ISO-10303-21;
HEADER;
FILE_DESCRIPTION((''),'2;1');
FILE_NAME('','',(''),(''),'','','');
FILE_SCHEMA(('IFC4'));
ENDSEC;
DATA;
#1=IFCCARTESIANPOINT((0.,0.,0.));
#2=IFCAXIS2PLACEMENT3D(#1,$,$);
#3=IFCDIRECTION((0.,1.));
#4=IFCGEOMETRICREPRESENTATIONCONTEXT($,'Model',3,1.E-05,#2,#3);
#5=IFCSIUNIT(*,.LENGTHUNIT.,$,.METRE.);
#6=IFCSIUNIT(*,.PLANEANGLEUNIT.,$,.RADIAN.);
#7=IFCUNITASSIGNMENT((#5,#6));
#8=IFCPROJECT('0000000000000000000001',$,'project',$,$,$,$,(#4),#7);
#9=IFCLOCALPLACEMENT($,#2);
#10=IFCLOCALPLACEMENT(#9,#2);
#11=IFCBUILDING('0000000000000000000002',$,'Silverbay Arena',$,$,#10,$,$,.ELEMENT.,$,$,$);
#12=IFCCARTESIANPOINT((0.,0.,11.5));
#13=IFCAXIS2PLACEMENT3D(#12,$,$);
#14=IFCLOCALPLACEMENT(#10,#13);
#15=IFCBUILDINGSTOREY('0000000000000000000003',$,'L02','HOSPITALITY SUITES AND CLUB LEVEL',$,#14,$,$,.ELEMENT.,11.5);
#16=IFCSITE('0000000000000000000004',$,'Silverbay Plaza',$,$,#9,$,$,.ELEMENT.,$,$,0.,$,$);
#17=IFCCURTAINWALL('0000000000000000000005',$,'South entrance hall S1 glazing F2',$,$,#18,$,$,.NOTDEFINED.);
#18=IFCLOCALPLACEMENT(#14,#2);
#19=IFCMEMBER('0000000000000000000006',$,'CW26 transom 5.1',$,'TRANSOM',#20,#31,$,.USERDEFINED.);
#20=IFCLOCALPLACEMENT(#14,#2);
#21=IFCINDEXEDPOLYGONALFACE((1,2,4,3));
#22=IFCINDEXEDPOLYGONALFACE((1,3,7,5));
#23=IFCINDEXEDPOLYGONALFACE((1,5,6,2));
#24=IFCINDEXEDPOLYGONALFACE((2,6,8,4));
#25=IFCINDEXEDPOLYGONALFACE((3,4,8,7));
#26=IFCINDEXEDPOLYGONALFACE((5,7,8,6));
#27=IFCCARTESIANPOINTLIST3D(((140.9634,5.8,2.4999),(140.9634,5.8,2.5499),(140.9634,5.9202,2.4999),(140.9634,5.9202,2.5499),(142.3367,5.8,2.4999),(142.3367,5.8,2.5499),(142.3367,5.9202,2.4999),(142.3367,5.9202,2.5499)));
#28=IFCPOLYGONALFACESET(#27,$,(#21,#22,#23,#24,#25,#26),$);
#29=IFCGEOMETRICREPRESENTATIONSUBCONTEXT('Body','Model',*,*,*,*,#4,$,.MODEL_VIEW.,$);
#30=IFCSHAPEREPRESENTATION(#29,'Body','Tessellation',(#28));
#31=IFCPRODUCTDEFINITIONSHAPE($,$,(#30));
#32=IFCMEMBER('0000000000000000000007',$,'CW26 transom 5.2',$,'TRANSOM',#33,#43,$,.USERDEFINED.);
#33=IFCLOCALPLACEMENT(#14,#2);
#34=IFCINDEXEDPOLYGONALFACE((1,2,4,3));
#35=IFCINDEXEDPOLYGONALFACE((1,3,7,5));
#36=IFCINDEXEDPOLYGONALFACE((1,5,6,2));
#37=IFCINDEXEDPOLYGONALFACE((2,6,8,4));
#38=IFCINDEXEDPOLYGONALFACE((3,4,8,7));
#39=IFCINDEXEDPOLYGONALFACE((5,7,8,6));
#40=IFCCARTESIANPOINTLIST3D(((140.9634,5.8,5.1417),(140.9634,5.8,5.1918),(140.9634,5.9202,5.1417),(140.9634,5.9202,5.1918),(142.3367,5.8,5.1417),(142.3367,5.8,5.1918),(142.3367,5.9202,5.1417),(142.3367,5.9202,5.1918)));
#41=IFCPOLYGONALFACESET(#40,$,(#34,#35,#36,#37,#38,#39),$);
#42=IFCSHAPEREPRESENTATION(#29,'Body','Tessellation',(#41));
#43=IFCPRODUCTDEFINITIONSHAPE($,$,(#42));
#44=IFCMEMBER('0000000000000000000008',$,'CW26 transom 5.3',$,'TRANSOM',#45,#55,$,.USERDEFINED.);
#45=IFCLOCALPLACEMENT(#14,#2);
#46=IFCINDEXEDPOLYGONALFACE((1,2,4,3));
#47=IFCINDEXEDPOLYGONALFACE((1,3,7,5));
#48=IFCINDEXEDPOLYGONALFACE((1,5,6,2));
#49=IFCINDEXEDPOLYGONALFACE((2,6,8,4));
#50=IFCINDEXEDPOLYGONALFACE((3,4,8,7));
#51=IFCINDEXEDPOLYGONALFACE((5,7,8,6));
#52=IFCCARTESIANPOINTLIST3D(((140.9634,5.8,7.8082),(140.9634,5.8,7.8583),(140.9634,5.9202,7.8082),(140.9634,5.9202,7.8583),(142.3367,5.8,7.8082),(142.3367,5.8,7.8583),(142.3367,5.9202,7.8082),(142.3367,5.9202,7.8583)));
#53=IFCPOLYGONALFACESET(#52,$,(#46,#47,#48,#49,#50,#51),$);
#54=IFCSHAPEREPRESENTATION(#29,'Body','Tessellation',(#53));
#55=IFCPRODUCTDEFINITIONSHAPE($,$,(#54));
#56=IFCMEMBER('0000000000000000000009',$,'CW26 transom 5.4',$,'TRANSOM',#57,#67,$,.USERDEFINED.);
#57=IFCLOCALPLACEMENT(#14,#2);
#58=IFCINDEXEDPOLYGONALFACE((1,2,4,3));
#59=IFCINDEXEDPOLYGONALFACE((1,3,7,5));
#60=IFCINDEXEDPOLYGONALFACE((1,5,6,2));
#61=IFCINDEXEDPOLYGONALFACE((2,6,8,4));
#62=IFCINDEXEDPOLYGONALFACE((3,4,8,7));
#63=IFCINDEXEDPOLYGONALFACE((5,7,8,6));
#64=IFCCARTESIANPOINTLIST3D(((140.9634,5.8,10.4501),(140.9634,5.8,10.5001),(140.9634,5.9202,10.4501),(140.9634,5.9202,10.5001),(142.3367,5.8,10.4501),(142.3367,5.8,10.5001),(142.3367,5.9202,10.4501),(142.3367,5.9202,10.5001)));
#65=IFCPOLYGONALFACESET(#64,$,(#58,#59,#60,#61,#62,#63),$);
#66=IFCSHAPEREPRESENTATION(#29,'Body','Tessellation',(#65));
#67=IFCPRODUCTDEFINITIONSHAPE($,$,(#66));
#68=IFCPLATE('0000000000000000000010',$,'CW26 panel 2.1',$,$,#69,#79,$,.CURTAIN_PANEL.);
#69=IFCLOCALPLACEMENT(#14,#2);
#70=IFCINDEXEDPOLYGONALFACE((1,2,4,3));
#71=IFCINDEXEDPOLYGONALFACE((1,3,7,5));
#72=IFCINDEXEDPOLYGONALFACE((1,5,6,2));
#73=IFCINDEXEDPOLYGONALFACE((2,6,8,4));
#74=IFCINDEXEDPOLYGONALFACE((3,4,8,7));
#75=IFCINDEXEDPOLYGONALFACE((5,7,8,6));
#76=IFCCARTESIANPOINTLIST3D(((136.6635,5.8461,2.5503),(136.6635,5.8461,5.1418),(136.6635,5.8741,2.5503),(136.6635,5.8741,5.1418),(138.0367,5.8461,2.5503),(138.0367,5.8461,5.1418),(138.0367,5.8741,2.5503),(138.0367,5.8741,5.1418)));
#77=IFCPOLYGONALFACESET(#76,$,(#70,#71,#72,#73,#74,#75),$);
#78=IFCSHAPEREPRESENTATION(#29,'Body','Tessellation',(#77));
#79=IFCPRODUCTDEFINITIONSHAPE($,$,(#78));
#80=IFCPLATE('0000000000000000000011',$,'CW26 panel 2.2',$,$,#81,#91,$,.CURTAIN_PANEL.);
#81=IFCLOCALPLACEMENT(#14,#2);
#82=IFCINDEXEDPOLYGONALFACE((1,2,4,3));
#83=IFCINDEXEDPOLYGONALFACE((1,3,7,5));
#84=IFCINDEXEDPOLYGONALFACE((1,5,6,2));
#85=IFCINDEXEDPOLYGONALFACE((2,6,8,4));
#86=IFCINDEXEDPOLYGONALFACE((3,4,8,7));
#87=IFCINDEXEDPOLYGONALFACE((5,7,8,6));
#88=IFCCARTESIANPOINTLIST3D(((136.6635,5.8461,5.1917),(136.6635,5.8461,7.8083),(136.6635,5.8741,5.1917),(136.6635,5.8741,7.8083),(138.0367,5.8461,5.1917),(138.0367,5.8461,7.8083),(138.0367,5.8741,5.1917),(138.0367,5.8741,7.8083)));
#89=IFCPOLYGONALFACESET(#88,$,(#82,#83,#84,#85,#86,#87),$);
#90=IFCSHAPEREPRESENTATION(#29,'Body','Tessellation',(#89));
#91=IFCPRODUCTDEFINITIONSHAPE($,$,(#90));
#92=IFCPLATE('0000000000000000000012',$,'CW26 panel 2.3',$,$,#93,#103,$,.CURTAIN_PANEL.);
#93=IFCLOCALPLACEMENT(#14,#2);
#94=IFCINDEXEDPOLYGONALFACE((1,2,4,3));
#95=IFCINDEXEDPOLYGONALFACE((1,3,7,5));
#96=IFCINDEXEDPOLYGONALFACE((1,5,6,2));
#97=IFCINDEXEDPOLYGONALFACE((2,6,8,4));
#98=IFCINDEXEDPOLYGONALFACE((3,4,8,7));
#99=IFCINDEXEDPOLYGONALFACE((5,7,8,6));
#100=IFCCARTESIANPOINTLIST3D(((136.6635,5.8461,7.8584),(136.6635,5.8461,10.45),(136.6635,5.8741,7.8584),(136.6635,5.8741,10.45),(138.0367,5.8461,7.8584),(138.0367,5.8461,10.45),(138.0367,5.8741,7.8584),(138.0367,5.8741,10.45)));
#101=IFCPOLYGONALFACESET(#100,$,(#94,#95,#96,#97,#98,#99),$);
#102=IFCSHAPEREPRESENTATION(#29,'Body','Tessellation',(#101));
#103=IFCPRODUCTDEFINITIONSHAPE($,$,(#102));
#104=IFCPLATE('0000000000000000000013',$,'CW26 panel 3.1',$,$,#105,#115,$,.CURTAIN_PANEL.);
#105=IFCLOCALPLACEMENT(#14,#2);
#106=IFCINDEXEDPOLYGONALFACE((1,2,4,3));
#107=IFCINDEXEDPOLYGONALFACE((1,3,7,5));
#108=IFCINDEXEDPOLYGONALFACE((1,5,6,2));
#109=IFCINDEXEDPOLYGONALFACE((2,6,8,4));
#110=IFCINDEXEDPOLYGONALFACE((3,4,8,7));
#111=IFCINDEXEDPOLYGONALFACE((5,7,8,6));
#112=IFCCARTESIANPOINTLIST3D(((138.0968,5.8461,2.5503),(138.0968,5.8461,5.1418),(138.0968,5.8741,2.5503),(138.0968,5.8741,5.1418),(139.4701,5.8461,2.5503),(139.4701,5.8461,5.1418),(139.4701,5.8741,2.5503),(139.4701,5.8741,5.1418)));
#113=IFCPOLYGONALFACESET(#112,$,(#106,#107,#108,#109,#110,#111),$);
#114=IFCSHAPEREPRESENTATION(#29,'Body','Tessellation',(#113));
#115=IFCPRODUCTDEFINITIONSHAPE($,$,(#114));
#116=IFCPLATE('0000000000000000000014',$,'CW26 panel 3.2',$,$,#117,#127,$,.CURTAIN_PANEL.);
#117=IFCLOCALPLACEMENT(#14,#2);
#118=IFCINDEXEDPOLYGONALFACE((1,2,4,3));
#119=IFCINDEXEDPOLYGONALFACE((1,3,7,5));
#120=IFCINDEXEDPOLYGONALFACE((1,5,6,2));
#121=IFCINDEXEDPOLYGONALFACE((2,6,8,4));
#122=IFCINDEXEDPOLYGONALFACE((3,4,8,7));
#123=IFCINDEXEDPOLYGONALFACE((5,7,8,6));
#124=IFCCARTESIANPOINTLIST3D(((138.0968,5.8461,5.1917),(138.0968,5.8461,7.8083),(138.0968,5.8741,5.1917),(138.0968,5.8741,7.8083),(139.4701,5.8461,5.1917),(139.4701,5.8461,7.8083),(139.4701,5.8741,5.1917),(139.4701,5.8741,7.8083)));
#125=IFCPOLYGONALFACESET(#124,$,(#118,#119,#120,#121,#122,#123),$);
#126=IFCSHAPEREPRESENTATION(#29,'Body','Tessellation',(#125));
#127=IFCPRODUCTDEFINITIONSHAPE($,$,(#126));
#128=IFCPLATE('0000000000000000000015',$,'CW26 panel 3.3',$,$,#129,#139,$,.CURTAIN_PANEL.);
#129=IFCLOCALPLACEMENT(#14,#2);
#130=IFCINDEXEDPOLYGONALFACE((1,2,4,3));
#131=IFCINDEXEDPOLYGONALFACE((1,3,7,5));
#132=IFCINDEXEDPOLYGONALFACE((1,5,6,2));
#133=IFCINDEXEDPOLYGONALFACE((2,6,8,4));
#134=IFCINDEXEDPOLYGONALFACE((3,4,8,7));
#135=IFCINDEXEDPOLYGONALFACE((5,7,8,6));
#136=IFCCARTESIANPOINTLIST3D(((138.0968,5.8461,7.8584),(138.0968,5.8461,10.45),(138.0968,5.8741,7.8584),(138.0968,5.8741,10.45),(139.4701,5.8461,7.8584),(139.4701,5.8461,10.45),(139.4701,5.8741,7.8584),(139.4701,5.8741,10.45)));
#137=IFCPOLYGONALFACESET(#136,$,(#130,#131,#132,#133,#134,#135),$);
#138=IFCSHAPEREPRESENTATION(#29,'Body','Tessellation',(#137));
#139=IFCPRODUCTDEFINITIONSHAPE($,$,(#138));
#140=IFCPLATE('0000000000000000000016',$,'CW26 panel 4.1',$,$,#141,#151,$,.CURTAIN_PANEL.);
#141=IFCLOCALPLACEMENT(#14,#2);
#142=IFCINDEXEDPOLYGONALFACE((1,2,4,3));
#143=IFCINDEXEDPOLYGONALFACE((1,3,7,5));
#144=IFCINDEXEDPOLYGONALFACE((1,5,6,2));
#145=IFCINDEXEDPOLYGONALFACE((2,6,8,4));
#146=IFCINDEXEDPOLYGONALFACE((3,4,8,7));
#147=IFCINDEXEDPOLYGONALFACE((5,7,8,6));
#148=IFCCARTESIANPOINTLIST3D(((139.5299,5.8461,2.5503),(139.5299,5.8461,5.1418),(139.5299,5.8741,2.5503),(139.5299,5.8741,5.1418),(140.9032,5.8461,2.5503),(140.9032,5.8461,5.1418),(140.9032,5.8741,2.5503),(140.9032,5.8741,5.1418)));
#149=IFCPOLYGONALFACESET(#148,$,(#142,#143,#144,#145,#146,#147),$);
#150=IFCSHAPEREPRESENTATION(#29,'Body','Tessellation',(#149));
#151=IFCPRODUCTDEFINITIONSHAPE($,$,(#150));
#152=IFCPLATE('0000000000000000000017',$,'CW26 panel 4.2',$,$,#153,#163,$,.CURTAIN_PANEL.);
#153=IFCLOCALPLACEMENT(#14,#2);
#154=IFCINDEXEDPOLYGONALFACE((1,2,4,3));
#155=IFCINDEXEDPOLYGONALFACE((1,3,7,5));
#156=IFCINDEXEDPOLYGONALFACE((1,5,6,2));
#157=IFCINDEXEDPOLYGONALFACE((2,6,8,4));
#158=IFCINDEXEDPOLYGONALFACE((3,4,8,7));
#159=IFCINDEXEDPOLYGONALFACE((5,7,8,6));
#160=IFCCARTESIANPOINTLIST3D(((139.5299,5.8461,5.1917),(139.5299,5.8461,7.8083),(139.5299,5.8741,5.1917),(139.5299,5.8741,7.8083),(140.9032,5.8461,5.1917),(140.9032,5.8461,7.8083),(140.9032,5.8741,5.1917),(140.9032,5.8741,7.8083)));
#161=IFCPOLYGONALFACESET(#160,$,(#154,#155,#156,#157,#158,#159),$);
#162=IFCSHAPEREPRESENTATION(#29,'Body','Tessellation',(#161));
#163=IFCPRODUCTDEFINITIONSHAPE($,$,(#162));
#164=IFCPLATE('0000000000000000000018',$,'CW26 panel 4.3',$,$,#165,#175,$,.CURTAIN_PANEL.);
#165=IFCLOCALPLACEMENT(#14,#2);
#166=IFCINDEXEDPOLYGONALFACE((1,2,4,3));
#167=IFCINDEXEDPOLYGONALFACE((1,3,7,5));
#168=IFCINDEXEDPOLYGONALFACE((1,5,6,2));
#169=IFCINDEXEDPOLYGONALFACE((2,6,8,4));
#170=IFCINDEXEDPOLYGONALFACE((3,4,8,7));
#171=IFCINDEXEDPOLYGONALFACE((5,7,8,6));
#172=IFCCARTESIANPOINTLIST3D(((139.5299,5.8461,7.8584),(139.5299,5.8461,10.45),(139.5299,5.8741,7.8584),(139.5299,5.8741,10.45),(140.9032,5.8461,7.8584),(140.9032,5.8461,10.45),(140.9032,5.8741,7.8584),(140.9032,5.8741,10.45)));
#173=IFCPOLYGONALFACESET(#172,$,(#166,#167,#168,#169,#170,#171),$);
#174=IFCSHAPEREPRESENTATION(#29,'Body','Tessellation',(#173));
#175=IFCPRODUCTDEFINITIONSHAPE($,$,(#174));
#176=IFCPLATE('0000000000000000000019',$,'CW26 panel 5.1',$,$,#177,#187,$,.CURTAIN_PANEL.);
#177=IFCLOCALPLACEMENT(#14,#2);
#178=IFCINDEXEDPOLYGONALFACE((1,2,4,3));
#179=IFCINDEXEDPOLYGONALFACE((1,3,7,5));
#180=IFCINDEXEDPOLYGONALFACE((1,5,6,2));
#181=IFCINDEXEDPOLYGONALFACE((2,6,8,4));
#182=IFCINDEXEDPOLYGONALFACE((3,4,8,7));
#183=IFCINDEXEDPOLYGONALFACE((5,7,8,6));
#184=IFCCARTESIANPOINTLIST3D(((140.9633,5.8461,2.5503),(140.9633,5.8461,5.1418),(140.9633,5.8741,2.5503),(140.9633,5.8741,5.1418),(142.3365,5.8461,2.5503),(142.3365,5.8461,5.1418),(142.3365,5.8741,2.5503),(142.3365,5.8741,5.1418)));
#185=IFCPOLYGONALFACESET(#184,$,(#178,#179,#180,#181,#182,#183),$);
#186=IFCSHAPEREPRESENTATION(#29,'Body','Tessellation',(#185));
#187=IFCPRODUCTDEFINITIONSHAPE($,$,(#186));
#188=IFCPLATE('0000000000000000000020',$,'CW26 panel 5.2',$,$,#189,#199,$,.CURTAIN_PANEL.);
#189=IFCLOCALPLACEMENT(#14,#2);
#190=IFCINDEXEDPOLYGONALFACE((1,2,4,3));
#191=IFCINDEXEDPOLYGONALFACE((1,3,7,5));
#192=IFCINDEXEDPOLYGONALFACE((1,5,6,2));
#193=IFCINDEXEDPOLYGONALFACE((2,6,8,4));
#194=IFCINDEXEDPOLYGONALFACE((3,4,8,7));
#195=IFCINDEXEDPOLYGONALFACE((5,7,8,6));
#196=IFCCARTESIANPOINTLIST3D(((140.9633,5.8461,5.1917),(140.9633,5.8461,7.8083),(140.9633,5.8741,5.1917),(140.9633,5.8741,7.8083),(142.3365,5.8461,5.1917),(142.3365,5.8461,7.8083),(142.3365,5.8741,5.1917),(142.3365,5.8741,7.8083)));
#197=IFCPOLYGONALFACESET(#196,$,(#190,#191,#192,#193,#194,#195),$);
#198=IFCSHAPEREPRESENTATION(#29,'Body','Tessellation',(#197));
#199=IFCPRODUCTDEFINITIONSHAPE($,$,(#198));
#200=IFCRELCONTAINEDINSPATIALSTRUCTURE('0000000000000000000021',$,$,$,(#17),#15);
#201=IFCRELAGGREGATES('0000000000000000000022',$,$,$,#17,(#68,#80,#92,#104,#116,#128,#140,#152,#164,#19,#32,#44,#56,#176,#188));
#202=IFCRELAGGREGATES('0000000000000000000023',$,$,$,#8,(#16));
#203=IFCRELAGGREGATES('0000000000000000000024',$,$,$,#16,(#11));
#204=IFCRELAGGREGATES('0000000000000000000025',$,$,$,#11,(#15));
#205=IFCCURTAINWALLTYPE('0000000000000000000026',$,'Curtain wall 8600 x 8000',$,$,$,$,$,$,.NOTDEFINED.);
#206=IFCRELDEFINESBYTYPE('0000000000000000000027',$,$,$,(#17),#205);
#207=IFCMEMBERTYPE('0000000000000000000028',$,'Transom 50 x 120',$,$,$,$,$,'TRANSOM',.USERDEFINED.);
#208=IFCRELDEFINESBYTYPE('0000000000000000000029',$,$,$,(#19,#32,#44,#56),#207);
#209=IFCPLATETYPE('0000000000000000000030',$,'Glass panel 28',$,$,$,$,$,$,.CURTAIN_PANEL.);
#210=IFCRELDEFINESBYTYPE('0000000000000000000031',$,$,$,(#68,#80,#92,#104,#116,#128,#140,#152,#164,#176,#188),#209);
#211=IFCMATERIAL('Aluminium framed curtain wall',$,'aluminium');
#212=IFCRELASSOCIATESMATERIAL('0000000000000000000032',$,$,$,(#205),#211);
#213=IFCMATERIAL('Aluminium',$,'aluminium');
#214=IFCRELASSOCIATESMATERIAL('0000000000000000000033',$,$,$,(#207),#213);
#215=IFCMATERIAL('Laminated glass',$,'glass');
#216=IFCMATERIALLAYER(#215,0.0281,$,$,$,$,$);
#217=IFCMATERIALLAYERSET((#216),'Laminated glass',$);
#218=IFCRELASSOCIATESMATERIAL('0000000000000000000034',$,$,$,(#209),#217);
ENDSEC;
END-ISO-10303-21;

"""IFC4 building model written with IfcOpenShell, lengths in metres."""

from ifc_helpers import new_model, si_unit, direction, frame, origin, origin_2d, place, context, subcontext, project, spatial, rectangle, extrude, material, layer, layer_set, material_profile, profile_set, type_object, element, aggregate, save


model = new_model("IFC4")

# Units and contexts
model_context = context("Model", 3, precision=1e-05, world=origin(), true_north=direction((0.0, 1.0)))
body_context = subcontext(model_context, "Body", "Model", "MODEL_VIEW")
ifc_project = project(units=[si_unit("LENGTHUNIT", "METRE"), si_unit("PLANEANGLEUNIT", "RADIAN")], contexts=[model_context])

# Site, building, storey
site_placement = place(None, origin())
site = spatial("IfcSite", under=ifc_project, at=site_placement, Name="Silverbay Plaza", CompositionType="ELEMENT", RefElevation=0.0)
building_placement = place(site_placement, origin())
building = spatial("IfcBuilding", under=site, at=building_placement, Name="Silverbay Arena", CompositionType="ELEMENT")
storey_placement = place(building_placement, frame((0.0, 0.0, 11.5)))
storey = spatial("IfcBuildingStorey", under=building, at=storey_placement, Name="L02", Description="HOSPITALITY SUITES AND CLUB LEVEL", CompositionType="ELEMENT", Elevation=11.5)

# Curtain wall, members, plates
ifc_material_1 = material(Name="Aluminium framed curtain wall", Category="aluminium")
curtain_wall_type = type_object("IfcCurtainWallType", Name="Curtain wall 8600 x 8000", PredefinedType="NOTDEFINED", material=ifc_material_1)
curtain_wall_placement = place(storey_placement, origin())
curtain_wall = element("IfcCurtainWall", 1, at=curtain_wall_placement, inside=storey, type_object=curtain_wall_type, Name="South entrance hall S1 glazing F2", PredefinedType="NOTDEFINED")
ifc_material_2 = material(Name="Aluminium", Category="aluminium")
ifc_material_profile_1 = material_profile(ifc_material_2, rectangle(XDim=0.1201, YDim=0.05, at=origin_2d()), Name="Transom 50 x 120")
ifc_profile_set_1 = profile_set([ifc_material_profile_1], Name="Aluminium")
member_type_1 = type_object("IfcMemberType", Name="Transom 50 x 120", ElementType="TRANSOM", PredefinedType="USERDEFINED", material=ifc_profile_set_1)
member_1_placement = place(storey_placement, frame((140.9634, 5.8601, 2.5249), z_axis=(1.0, 0.0, 0.0), x_axis=(0.0, 1.0, 0.0)))
member_1 = element("IfcMember", 2, at=member_1_placement, type_object=member_type_1, Name="CW26 transom 5.1", ObjectType="TRANSOM", PredefinedType="USERDEFINED", context=body_context, shape_type="SweptSolid", body=[
    extrude(rectangle(XDim=0.1201, YDim=0.05, at=origin_2d()), origin(), (0.0, 0.0, 1.0), 1.3733),
])
member_2_placement = place(storey_placement, frame((140.9634, 5.8601, 5.1667), z_axis=(1.0, 0.0, 0.0), x_axis=(0.0, 1.0, 0.0)))
member_2 = element("IfcMember", 3, at=member_2_placement, type_object=member_type_1, Name="CW26 transom 5.2", ObjectType="TRANSOM", PredefinedType="USERDEFINED", context=body_context, shape_type="SweptSolid", body=[
    extrude(rectangle(XDim=0.1201, YDim=0.05, at=origin_2d()), origin(), (0.0, 0.0, 1.0), 1.3733),
])
member_3_placement = place(storey_placement, frame((140.9634, 5.8601, 7.8333), z_axis=(1.0, 0.0, 0.0), x_axis=(0.0, 1.0, 0.0)))
member_3 = element("IfcMember", 4, at=member_3_placement, type_object=member_type_1, Name="CW26 transom 5.3", ObjectType="TRANSOM", PredefinedType="USERDEFINED", context=body_context, shape_type="SweptSolid", body=[
    extrude(rectangle(XDim=0.1201, YDim=0.05, at=origin_2d()), origin(), (0.0, 0.0, 1.0), 1.3733),
])
member_4_placement = place(storey_placement, frame((140.9634, 5.8601, 10.4751), z_axis=(1.0, 0.0, 0.0), x_axis=(0.0, 1.0, 0.0)))
member_4 = element("IfcMember", 5, at=member_4_placement, type_object=member_type_1, Name="CW26 transom 5.4", ObjectType="TRANSOM", PredefinedType="USERDEFINED", context=body_context, shape_type="SweptSolid", body=[
    extrude(rectangle(XDim=0.1201, YDim=0.05, at=origin_2d()), origin(), (0.0, 0.0, 1.0), 1.3733),
])
ifc_material_3 = material(Name="Laminated glass", Category="glass")
ifc_layer = layer(ifc_material_3, 0.0281)
ifc_layer_set = layer_set([ifc_layer], Name="Laminated glass")
plate_type = type_object("IfcPlateType", Name="Glass panel 28", PredefinedType="CURTAIN_PANEL", material=ifc_layer_set)
plate_1_placement = place(storey_placement, frame((137.3501, 5.8601, 2.5503), z_axis=(0.0, 0.0, 1.0), x_axis=(1.0, 0.0, 0.0)))
plate_1 = element("IfcPlate", 6, at=plate_1_placement, type_object=plate_type, Name="CW26 panel 2.1", PredefinedType="CURTAIN_PANEL", context=body_context, shape_type="SweptSolid", body=[
    extrude(rectangle(XDim=1.3733, YDim=0.0281, at=origin_2d()), origin(), (0.0, 0.0, 1.0), 2.5916),
])
plate_2_placement = place(storey_placement, frame((137.3501, 5.8601, 5.1917), z_axis=(0.0, 0.0, 1.0), x_axis=(1.0, 0.0, 0.0)))
plate_2 = element("IfcPlate", 7, at=plate_2_placement, type_object=plate_type, Name="CW26 panel 2.2", PredefinedType="CURTAIN_PANEL", context=body_context, shape_type="SweptSolid", body=[
    extrude(rectangle(XDim=1.3733, YDim=0.0281, at=origin_2d()), origin(), (0.0, 0.0, 1.0), 2.6167),
])
plate_3_placement = place(storey_placement, frame((137.3501, 5.8601, 7.8584), z_axis=(0.0, 0.0, 1.0), x_axis=(1.0, 0.0, 0.0)))
plate_3 = element("IfcPlate", 8, at=plate_3_placement, type_object=plate_type, Name="CW26 panel 2.3", PredefinedType="CURTAIN_PANEL", context=body_context, shape_type="SweptSolid", body=[
    extrude(rectangle(XDim=1.3733, YDim=0.0281, at=origin_2d()), origin(), (0.0, 0.0, 1.0), 2.5916),
])
plate_4_placement = place(storey_placement, frame((138.7834, 5.8601, 2.5503), z_axis=(0.0, 0.0, 1.0), x_axis=(1.0, 0.0, 0.0)))
plate_4 = element("IfcPlate", 9, at=plate_4_placement, type_object=plate_type, Name="CW26 panel 3.1", PredefinedType="CURTAIN_PANEL", context=body_context, shape_type="SweptSolid", body=[
    extrude(rectangle(XDim=1.3733, YDim=0.0281, at=origin_2d()), origin(), (0.0, 0.0, 1.0), 2.5916),
])
plate_5_placement = place(storey_placement, frame((138.7834, 5.8601, 5.1917), z_axis=(0.0, 0.0, 1.0), x_axis=(1.0, 0.0, 0.0)))
plate_5 = element("IfcPlate", 10, at=plate_5_placement, type_object=plate_type, Name="CW26 panel 3.2", PredefinedType="CURTAIN_PANEL", context=body_context, shape_type="SweptSolid", body=[
    extrude(rectangle(XDim=1.3733, YDim=0.0281, at=origin_2d()), origin(), (0.0, 0.0, 1.0), 2.6167),
])
plate_6_placement = place(storey_placement, frame((138.7834, 5.8601, 7.8584), z_axis=(0.0, 0.0, 1.0), x_axis=(1.0, 0.0, 0.0)))
plate_6 = element("IfcPlate", 11, at=plate_6_placement, type_object=plate_type, Name="CW26 panel 3.3", PredefinedType="CURTAIN_PANEL", context=body_context, shape_type="SweptSolid", body=[
    extrude(rectangle(XDim=1.3733, YDim=0.0281, at=origin_2d()), origin(), (0.0, 0.0, 1.0), 2.5916),
])
plate_7_placement = place(storey_placement, frame((140.2166, 5.8601, 2.5503), z_axis=(0.0, 0.0, 1.0), x_axis=(1.0, 0.0, 0.0)))
plate_7 = element("IfcPlate", 12, at=plate_7_placement, type_object=plate_type, Name="CW26 panel 4.1", PredefinedType="CURTAIN_PANEL", context=body_context, shape_type="SweptSolid", body=[
    extrude(rectangle(XDim=1.3733, YDim=0.0281, at=origin_2d()), origin(), (0.0, 0.0, 1.0), 2.5916),
])
plate_8_placement = place(storey_placement, frame((140.2166, 5.8601, 5.1917), z_axis=(0.0, 0.0, 1.0), x_axis=(1.0, 0.0, 0.0)))
plate_8 = element("IfcPlate", 13, at=plate_8_placement, type_object=plate_type, Name="CW26 panel 4.2", PredefinedType="CURTAIN_PANEL", context=body_context, shape_type="SweptSolid", body=[
    extrude(rectangle(XDim=1.3733, YDim=0.0281, at=origin_2d()), origin(), (0.0, 0.0, 1.0), 2.6167),
])
plate_9_placement = place(storey_placement, frame((140.2166, 5.8601, 7.8584), z_axis=(0.0, 0.0, 1.0), x_axis=(1.0, 0.0, 0.0)))
plate_9 = element("IfcPlate", 14, at=plate_9_placement, type_object=plate_type, Name="CW26 panel 4.3", PredefinedType="CURTAIN_PANEL", context=body_context, shape_type="SweptSolid", body=[
    extrude(rectangle(XDim=1.3733, YDim=0.0281, at=origin_2d()), origin(), (0.0, 0.0, 1.0), 2.5916),
])
plate_10_placement = place(storey_placement, frame((141.6499, 5.8601, 2.5503), z_axis=(0.0, 0.0, 1.0), x_axis=(1.0, 0.0, 0.0)))
plate_10 = element("IfcPlate", 15, at=plate_10_placement, type_object=plate_type, Name="CW26 panel 5.1", PredefinedType="CURTAIN_PANEL", context=body_context, shape_type="SweptSolid", body=[
    extrude(rectangle(XDim=1.3733, YDim=0.0281, at=origin_2d()), origin(), (0.0, 0.0, 1.0), 2.5916),
])
plate_11_placement = place(storey_placement, frame((141.6499, 5.8601, 5.1917), z_axis=(0.0, 0.0, 1.0), x_axis=(1.0, 0.0, 0.0)))
plate_11 = element("IfcPlate", 16, at=plate_11_placement, type_object=plate_type, Name="CW26 panel 5.2", PredefinedType="CURTAIN_PANEL", context=body_context, shape_type="SweptSolid", body=[
    extrude(rectangle(XDim=1.3733, YDim=0.0281, at=origin_2d()), origin(), (0.0, 0.0, 1.0), 2.6167),
])
aggregate(curtain_wall, [plate_1, plate_2, plate_3, plate_4, plate_5, plate_6, plate_7, plate_8, plate_9, member_1, member_2, member_3, member_4, plate_10, plate_11])

save(model, "model.ifc")
